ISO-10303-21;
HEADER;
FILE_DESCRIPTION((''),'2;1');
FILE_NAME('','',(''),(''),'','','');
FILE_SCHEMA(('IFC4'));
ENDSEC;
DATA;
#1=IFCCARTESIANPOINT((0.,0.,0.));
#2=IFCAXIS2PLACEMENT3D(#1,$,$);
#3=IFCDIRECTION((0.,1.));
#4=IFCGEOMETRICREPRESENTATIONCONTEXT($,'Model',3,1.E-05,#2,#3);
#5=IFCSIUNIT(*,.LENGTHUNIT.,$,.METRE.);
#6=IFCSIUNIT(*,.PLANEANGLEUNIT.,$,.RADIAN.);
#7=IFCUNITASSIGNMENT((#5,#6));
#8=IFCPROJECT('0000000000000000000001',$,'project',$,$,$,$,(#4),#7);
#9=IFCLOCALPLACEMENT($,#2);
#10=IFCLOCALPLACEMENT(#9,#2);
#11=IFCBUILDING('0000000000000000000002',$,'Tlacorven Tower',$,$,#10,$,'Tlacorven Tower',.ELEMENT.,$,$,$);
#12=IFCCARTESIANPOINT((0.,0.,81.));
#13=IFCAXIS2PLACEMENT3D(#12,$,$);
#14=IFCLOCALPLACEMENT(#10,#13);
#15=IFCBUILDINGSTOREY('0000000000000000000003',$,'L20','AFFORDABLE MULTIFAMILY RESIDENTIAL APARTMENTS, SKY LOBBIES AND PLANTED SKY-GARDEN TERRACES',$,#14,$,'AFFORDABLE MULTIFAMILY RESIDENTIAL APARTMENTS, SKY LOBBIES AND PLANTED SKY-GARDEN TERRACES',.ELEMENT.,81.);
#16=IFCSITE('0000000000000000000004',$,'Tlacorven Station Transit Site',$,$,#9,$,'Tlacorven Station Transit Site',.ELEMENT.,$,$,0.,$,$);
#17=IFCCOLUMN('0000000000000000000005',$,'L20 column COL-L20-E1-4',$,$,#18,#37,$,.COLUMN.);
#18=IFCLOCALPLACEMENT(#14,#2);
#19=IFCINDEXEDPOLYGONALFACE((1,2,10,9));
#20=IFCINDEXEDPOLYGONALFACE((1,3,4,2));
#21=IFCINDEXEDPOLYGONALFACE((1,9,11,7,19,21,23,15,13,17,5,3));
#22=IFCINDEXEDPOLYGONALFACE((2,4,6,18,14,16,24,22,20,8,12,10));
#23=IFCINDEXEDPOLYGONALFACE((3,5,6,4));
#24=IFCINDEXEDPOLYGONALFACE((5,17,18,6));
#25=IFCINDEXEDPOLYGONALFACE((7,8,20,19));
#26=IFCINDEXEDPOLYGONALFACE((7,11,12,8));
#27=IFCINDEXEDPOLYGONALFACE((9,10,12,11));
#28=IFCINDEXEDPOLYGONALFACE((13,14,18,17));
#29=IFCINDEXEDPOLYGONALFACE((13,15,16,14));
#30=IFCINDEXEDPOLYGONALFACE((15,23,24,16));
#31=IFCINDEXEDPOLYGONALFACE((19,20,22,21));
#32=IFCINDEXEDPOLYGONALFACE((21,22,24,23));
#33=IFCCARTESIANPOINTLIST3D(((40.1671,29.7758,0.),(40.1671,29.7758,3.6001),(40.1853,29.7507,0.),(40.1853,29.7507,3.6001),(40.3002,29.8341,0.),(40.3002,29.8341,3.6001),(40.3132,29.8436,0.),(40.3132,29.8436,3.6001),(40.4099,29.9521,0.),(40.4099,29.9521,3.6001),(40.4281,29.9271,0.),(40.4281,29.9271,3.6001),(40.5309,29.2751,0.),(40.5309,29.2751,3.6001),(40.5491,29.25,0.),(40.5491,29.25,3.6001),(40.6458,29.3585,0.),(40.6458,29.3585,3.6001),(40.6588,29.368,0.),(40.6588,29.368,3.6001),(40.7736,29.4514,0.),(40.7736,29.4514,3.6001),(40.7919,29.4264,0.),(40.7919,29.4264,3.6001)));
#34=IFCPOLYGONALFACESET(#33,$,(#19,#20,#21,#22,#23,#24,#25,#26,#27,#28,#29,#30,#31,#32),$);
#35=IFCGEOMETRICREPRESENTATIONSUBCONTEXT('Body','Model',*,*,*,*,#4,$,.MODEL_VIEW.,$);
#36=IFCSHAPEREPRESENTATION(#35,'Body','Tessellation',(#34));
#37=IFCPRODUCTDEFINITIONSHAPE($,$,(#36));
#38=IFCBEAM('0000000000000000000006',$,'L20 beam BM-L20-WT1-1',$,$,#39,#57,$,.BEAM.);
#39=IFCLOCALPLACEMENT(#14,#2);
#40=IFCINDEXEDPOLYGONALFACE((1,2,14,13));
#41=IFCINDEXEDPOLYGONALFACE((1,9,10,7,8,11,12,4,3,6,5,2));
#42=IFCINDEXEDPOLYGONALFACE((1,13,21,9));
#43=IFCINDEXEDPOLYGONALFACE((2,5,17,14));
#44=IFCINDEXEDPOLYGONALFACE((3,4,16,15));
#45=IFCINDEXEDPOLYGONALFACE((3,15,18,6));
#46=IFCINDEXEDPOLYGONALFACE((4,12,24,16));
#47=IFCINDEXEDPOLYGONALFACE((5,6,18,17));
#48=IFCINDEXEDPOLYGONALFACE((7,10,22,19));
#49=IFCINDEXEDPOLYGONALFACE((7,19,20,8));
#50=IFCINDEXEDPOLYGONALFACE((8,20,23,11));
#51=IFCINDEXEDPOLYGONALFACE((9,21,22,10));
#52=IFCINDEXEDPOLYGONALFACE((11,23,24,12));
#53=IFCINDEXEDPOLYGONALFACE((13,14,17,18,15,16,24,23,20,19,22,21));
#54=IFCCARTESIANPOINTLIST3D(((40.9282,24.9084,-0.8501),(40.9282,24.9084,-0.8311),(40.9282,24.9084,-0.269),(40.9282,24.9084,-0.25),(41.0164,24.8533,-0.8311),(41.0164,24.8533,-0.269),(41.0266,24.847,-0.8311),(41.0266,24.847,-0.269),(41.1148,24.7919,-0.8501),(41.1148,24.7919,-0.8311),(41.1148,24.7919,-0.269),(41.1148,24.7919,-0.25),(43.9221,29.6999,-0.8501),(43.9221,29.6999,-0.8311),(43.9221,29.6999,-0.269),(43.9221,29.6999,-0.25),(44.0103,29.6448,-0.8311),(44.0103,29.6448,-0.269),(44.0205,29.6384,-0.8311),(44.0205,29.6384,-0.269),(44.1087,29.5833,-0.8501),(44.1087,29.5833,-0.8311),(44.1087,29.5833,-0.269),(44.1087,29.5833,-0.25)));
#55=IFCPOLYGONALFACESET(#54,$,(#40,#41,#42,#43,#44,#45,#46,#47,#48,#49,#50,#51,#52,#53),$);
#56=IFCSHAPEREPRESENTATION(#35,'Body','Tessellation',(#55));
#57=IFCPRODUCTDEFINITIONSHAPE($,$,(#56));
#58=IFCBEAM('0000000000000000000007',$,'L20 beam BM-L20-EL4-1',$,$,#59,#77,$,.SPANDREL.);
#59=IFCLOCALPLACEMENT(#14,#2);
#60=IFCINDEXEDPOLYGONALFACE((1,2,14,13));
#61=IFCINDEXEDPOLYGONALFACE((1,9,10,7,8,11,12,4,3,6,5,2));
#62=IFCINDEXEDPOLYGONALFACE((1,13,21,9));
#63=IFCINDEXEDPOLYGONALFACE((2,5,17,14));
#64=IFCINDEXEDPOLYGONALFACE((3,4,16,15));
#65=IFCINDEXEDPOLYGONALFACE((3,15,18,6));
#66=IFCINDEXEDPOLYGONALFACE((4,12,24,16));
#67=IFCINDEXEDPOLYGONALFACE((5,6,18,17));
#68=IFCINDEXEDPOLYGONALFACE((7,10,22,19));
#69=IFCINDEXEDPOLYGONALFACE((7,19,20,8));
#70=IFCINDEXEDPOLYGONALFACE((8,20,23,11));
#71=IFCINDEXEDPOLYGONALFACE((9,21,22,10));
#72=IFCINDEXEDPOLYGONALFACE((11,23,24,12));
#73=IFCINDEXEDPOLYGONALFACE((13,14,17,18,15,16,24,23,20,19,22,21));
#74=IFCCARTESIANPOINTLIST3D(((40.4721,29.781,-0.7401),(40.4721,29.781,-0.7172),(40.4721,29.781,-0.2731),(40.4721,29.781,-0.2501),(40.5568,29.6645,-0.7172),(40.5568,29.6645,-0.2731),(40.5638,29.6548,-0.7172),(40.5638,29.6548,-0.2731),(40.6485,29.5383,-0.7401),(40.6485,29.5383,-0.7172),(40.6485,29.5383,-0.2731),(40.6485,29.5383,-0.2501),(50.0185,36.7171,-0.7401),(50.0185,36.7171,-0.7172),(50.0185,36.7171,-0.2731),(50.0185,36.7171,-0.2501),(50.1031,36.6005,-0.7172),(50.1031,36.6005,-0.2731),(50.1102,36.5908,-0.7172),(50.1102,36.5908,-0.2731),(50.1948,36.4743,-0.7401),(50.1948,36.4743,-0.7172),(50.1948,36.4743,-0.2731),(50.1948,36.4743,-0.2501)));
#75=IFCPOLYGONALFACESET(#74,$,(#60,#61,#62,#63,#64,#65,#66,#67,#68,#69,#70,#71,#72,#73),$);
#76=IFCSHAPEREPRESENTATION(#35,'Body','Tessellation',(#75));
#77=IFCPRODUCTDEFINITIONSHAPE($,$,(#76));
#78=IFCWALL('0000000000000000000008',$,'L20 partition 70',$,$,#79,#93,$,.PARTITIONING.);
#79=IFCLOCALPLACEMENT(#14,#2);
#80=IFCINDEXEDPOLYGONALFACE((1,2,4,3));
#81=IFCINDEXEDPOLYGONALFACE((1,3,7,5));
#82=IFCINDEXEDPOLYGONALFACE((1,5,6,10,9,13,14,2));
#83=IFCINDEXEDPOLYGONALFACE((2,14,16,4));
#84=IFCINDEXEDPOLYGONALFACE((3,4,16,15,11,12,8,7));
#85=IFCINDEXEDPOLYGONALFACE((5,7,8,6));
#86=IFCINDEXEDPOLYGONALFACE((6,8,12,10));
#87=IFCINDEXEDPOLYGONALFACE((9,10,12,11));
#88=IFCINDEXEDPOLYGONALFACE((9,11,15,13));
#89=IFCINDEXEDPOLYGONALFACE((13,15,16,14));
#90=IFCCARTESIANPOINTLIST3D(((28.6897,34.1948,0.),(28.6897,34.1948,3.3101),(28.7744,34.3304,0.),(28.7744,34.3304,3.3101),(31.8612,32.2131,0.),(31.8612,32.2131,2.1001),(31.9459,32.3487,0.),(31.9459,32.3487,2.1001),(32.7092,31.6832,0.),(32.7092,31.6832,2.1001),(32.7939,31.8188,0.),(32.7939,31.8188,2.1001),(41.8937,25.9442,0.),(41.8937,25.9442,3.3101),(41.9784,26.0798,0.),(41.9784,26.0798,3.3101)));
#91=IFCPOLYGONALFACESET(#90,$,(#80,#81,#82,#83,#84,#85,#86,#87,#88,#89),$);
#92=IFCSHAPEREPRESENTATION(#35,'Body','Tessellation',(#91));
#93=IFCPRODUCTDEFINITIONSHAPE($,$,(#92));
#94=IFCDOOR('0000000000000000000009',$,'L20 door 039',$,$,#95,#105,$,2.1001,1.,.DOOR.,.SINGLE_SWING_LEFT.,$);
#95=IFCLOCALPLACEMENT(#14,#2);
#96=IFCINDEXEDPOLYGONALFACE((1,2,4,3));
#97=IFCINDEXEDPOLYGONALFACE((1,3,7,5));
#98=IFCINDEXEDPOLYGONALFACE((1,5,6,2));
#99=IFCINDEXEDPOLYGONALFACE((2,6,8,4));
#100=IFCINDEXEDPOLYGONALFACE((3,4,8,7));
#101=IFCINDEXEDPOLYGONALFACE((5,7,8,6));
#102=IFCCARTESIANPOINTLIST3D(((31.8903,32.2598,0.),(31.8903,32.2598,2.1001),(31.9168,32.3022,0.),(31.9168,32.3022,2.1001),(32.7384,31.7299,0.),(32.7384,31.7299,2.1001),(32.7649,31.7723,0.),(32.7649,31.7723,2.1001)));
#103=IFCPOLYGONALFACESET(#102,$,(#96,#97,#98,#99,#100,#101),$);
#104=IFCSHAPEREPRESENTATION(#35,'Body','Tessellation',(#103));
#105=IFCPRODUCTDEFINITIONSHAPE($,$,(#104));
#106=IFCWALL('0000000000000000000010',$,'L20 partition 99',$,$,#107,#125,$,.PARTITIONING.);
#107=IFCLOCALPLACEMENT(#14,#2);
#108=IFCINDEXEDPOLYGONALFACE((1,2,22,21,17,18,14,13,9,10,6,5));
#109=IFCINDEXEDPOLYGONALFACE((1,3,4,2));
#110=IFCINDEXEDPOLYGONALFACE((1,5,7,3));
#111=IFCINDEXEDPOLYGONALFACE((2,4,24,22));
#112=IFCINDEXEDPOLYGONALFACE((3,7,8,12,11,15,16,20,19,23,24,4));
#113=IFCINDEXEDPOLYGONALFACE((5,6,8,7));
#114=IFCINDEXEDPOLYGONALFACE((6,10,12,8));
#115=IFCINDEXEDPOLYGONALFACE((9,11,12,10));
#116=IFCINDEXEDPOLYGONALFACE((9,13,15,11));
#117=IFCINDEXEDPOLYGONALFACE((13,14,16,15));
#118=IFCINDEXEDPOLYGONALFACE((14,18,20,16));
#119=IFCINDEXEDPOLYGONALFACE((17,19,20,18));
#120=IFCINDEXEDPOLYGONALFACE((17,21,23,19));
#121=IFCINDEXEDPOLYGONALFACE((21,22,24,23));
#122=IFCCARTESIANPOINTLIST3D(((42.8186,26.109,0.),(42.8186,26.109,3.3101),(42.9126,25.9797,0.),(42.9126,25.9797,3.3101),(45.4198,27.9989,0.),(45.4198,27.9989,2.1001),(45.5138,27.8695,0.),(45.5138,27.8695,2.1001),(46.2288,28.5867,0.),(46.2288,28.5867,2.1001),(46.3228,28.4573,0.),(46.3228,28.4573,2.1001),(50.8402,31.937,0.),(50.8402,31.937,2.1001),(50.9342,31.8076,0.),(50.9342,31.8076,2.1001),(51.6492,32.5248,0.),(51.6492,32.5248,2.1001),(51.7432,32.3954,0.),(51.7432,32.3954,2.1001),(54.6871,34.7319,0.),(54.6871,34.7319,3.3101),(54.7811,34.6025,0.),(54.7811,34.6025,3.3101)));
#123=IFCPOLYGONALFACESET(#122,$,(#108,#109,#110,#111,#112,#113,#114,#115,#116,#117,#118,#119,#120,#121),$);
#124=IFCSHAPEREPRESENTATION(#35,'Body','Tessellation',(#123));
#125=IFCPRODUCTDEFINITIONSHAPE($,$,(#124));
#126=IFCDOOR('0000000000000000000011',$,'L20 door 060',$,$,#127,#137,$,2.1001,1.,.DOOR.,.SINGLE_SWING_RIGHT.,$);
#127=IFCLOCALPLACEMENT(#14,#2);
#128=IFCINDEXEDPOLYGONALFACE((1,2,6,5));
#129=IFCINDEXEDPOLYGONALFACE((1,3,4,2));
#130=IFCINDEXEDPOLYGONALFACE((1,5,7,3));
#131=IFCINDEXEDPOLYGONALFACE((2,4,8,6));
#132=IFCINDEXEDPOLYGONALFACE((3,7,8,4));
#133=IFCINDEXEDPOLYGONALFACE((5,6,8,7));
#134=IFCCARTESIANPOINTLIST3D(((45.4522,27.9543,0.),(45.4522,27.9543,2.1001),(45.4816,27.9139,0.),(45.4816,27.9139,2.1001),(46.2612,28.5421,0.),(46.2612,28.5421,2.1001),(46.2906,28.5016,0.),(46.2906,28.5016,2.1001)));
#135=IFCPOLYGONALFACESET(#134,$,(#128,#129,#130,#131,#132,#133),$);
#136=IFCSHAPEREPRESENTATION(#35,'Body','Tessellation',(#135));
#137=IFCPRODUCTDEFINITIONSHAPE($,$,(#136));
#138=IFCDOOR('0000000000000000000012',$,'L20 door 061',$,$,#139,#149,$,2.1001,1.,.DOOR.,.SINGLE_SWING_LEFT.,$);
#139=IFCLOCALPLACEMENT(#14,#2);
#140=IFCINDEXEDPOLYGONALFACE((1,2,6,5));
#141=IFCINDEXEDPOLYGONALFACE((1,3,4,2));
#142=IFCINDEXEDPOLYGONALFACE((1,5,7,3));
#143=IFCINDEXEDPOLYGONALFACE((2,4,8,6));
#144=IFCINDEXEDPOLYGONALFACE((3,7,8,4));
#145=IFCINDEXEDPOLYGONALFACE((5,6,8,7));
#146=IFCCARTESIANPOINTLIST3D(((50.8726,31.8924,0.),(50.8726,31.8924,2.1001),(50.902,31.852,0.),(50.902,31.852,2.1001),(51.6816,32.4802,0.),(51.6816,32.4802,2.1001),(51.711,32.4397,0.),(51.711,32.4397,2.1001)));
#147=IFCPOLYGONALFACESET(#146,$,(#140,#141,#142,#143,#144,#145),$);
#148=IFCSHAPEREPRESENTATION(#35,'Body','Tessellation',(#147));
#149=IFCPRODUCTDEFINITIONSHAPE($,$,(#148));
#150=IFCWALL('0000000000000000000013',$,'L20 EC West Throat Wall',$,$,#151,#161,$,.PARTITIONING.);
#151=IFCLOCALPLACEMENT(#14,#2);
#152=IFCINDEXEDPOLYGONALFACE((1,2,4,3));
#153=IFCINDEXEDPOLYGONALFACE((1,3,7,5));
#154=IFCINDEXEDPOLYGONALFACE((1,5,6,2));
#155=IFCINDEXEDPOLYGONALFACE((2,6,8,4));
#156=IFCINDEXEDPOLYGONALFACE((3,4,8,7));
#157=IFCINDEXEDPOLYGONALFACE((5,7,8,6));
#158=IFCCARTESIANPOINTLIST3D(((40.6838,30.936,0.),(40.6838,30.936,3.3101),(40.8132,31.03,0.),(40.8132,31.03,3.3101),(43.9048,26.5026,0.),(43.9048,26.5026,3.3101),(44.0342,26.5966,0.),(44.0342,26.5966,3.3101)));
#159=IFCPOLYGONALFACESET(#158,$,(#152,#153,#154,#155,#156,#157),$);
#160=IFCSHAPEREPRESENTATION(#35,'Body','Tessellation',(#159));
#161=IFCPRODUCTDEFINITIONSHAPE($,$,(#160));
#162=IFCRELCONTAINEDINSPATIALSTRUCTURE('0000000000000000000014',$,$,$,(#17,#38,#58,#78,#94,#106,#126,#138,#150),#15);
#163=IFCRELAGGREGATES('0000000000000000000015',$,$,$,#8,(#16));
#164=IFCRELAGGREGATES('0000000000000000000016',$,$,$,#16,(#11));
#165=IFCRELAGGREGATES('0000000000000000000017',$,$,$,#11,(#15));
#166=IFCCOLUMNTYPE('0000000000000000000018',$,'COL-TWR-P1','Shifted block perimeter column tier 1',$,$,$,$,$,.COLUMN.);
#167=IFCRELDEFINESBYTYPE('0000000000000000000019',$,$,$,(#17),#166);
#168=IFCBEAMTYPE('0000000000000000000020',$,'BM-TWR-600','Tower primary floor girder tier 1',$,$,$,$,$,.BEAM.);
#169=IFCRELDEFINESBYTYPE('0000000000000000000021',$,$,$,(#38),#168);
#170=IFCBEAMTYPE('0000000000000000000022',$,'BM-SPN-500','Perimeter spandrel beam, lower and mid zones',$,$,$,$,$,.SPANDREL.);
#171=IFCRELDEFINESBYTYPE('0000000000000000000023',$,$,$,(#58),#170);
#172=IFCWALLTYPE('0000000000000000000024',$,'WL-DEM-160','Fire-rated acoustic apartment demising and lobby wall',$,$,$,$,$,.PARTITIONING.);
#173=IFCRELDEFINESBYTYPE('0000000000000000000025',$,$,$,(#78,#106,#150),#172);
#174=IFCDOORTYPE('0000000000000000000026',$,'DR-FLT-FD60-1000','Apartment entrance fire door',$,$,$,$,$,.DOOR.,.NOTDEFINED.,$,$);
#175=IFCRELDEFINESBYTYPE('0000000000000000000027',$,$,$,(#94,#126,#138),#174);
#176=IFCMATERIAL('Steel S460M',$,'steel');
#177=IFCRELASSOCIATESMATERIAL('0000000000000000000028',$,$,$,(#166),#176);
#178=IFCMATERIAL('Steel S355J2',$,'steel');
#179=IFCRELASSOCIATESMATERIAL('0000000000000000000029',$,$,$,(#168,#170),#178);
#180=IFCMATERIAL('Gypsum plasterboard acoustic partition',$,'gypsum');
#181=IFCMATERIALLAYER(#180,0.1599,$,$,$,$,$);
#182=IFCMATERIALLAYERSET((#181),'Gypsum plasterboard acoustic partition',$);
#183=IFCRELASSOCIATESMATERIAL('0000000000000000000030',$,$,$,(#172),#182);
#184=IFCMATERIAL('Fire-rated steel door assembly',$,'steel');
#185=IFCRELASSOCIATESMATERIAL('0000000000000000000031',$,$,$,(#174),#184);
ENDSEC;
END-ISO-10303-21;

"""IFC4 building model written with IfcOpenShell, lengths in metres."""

from ifc_helpers import new_model, si_unit, direction, frame, frame_2d, origin, origin_2d, place, context, subcontext, project, spatial, rectangle, i_section, extrude, source, transform, mapped, material, layer, layer_set, material_profile, profile_set, type_object, element, fill, save


model = new_model("IFC4")

# Units and contexts
model_context = context("Model", 3, precision=1e-05, world=origin(), true_north=direction((0.0, 1.0)))
body_context = subcontext(model_context, "Body", "Model", "MODEL_VIEW")
ifc_project = project(units=[si_unit("LENGTHUNIT", "METRE"), si_unit("PLANEANGLEUNIT", "RADIAN")], contexts=[model_context])

# Site, building, storey
site_placement = place(None, origin())
site = spatial("IfcSite", under=ifc_project, at=site_placement, Name="Tlacorven Station Transit Site", LongName="Tlacorven Station Transit Site", CompositionType="ELEMENT", RefElevation=0.0)
building_placement = place(site_placement, origin())
building = spatial("IfcBuilding", under=site, at=building_placement, Name="Tlacorven Tower", LongName="Tlacorven Tower", CompositionType="ELEMENT")
storey_placement = place(building_placement, frame((0.0, 0.0, 81.0)))
storey = spatial("IfcBuildingStorey", under=building, at=storey_placement, Name="L20", Description="AFFORDABLE MULTIFAMILY RESIDENTIAL APARTMENTS, SKY LOBBIES AND PLANTED SKY-GARDEN TERRACES", LongName="AFFORDABLE MULTIFAMILY RESIDENTIAL APARTMENTS, SKY LOBBIES AND PLANTED SKY-GARDEN TERRACES", CompositionType="ELEMENT", Elevation=81.0)

# Column
ifc_material_1 = material(Name="Steel S460M", Category="steel")
ifc_material_profile_1 = material_profile(ifc_material_1, i_section(OverallWidth=0.3, OverallDepth=0.6499, WebThickness=0.0161, FlangeThickness=0.031, at=origin_2d()), Name="HEB 650")
ifc_profile_set_1 = profile_set([ifc_material_profile_1], Name="Steel S460M")
column_type = type_object("IfcColumnType", Name="COL-TWR-P1", Description="Shifted block perimeter column tier 1", PredefinedType="COLUMN", material=ifc_profile_set_1)
shared_shape_1 = source(origin(), body_context, "Body", "SweptSolid", [
    extrude(i_section(OverallWidth=0.3, OverallDepth=0.6499, WebThickness=0.0161, FlangeThickness=0.031, at=origin_2d()), origin(), (0.0, 0.0, 1.0), 3.6001),
])
column_placement = place(storey_placement, frame((40.4795, 29.6011, 0.0), z_axis=(0.0, 0.0, 1.0), x_axis=(0.809017, 0.587785, 0.0)))
element("IfcColumn", 1, at=column_placement, inside=storey, type_object=column_type, Name="L20 column COL-L20-E1-4", PredefinedType="COLUMN", context=body_context, shape_type="MappedRepresentation", body=[
    mapped(shared_shape_1, transform((0.0, 0.0, 0.0), scale=1.0)),
])

# Beams
ifc_material_2 = material(Name="Steel S355J2", Category="steel")
ifc_material_profile_2 = material_profile(ifc_material_2, i_section(OverallWidth=0.22, OverallDepth=0.6001, WebThickness=0.012, FlangeThickness=0.019, at=origin_2d()), Name="IPE 600")
ifc_profile_set_2 = profile_set([ifc_material_profile_2], Name="Steel S355J2")
beam_type_1 = type_object("IfcBeamType", Name="BM-TWR-600", Description="Tower primary floor girder tier 1", PredefinedType="BEAM", material=ifc_profile_set_2)
shared_shape_2 = source(origin(), body_context, "Body", "SweptSolid", [
    extrude(i_section(OverallWidth=0.22, OverallDepth=0.6001, WebThickness=0.012, FlangeThickness=0.019, at=origin_2d()), origin(), (0.0, 0.0, 1.0), 5.6499),
])
beam_1_placement = place(storey_placement, frame((44.0154, 29.6416, -0.55), z_axis=(-0.529898, -0.848061, 0.0), x_axis=(0.848061, -0.529898, 0.0)))
element("IfcBeam", 2, at=beam_1_placement, inside=storey, type_object=beam_type_1, Name="L20 beam BM-L20-WT1-1", PredefinedType="BEAM", context=body_context, shape_type="MappedRepresentation", body=[
    mapped(shared_shape_2, transform((0.0, 0.0, 0.0), scale=1.0)),
])
ifc_material_profile_3 = material_profile(ifc_material_2, i_section(OverallWidth=0.3, OverallDepth=0.49, WebThickness=0.012, FlangeThickness=0.0229, at=origin_2d()), Name="HEA 500")
ifc_profile_set_3 = profile_set([ifc_material_profile_3], Name="Steel S355J2")
beam_type_2 = type_object("IfcBeamType", Name="BM-SPN-500", Description="Perimeter spandrel beam, lower and mid zones", PredefinedType="SPANDREL", material=ifc_profile_set_3)
shared_shape_3 = source(origin(), body_context, "Body", "SweptSolid", [
    extrude(i_section(OverallWidth=0.3, OverallDepth=0.49, WebThickness=0.012, FlangeThickness=0.0229, at=origin_2d()), origin(), (0.0, 0.0, 1.0), 11.8),
])
beam_2_placement = place(storey_placement, frame((40.5603, 29.6597, -0.4951), z_axis=(0.80901, 0.587795, 0.0), x_axis=(-0.587795, 0.80901, 0.0)))
element("IfcBeam", 3, at=beam_2_placement, inside=storey, type_object=beam_type_2, Name="L20 beam BM-L20-EL4-1", PredefinedType="SPANDREL", context=body_context, shape_type="MappedRepresentation", body=[
    mapped(shared_shape_3, transform((0.0, 0.0, 0.0), scale=1.0)),
])

# Wall, opening, door
ifc_material_3 = material(Name="Gypsum plasterboard acoustic partition", Category="gypsum")
ifc_layer_1 = layer(ifc_material_3, 0.1599)
ifc_layer_set_1 = layer_set([ifc_layer_1], Name="Gypsum plasterboard acoustic partition")
wall_type_1 = type_object("IfcWallType", Name="WL-DEM-160", Description="Fire-rated acoustic apartment demising and lobby wall", PredefinedType="PARTITIONING", material=ifc_layer_set_1)
wall_1_placement = place(storey_placement, frame((41.936, 26.012, 0.0), z_axis=(0.0, 0.0, 1.0), x_axis=(-0.848051, 0.529914, 0.0)))
wall_1 = element("IfcWall", 4, at=wall_1_placement, inside=storey, type_object=wall_type_1, Name="L20 partition 70", PredefinedType="PARTITIONING", context=body_context, shape_type="SweptSolid", body=[
    extrude(rectangle(XDim=15.5698, YDim=0.1599, at=frame_2d((7.7849, 0.0))), origin(), (0.0, 0.0, 1.0), 3.3101),
])
opening_1_placement = place(wall_1_placement, frame((10.8301, 0.0, 0.0)))
opening_1 = element("IfcOpeningElement", 5, at=opening_1_placement, cuts=wall_1, PredefinedType="OPENING", context=body_context, shape_type="SweptSolid", body=[
    extrude(rectangle(XDim=1.0, YDim=2.1001, at=frame_2d((0.5, 1.05))), frame((0.0, 0.0898, 0.0), z_axis=(0.0, -1.0, 0.0), x_axis=(1.0, 0.0, 0.0)), (0.0, 0.0, 1.0), 0.1799),
])
ifc_material_4 = material(Name="Fire-rated steel door assembly", Category="steel")
door_type_1 = type_object("IfcDoorType", Name="DR-FLT-FD60-1000", Description="Apartment entrance fire door", OperationType="NOTDEFINED", PredefinedType="DOOR", material=ifc_material_4)
shared_shape_4 = source(origin(), body_context, "Body", "SweptSolid", [
    extrude(rectangle(XDim=1.0, YDim=2.1001, at=frame_2d((0.5, 1.05))), frame((0.0, 0.0249, 0.0), z_axis=(0.0, -1.0, 0.0), x_axis=(1.0, 0.0, 0.0)), (0.0, 0.0, 1.0), 0.05),
])
door_1_placement = place(opening_1_placement, origin())
door_1 = element("IfcDoor", 6, at=door_1_placement, inside=storey, type_object=door_type_1, Name="L20 door 039", OperationType="SINGLE_SWING_LEFT", OverallHeight=2.1001, OverallWidth=1.0, PredefinedType="DOOR", context=body_context, shape_type="MappedRepresentation", body=[
    mapped(shared_shape_4, transform((0.0, 0.0, 0.0), scale=1.0)),
])
fill(opening_1, door_1)

# Wall, openings, doors
wall_2_placement = place(storey_placement, frame((42.8657, 26.0444, 0.0), z_axis=(0.0, 0.0, 1.0), x_axis=(0.80902, 0.587781, 0.0)))
wall_2 = element("IfcWall", 7, at=wall_2_placement, inside=storey, type_object=wall_type_1, Name="L20 partition 99", PredefinedType="PARTITIONING", context=body_context, shape_type="SweptSolid", body=[
    extrude(rectangle(XDim=14.6702, YDim=0.1599, at=frame_2d((7.335, 0.0))), origin(), (0.0, 0.0, 1.0), 3.3101),
])
opening_2_placement = place(wall_2_placement, frame((3.2151, 0.0, 0.0)))
opening_2 = element("IfcOpeningElement", 8, at=opening_2_placement, cuts=wall_2, PredefinedType="OPENING", context=body_context, shape_type="SweptSolid", body=[
    extrude(rectangle(XDim=1.0, YDim=2.1001, at=frame_2d((0.5, 1.05))), frame((0.0, 0.0898, 0.0), z_axis=(0.0, -1.0, 0.0), x_axis=(1.0, 0.0, 0.0)), (0.0, 0.0, 1.0), 0.1799),
])
opening_3_placement = place(wall_2_placement, frame((9.915, 0.0, 0.0)))
opening_3 = element("IfcOpeningElement", 9, at=opening_3_placement, cuts=wall_2, PredefinedType="OPENING", context=body_context, shape_type="SweptSolid", body=[
    extrude(rectangle(XDim=1.0, YDim=2.1001, at=frame_2d((0.5, 1.05))), frame((0.0, 0.0898, 0.0), z_axis=(0.0, -1.0, 0.0), x_axis=(1.0, 0.0, 0.0)), (0.0, 0.0, 1.0), 0.1799),
])
door_2_placement = place(opening_2_placement, origin())
door_2 = element("IfcDoor", 10, at=door_2_placement, inside=storey, type_object=door_type_1, Name="L20 door 060", OperationType="SINGLE_SWING_RIGHT", OverallHeight=2.1001, OverallWidth=1.0, PredefinedType="DOOR", context=body_context, shape_type="MappedRepresentation", body=[
    mapped(shared_shape_4, transform((0.0, 0.0, 0.0), scale=1.0)),
])
fill(opening_2, door_2)
door_3_placement = place(opening_3_placement, origin())
door_3 = element("IfcDoor", 11, at=door_3_placement, inside=storey, type_object=door_type_1, Name="L20 door 061", OperationType="SINGLE_SWING_LEFT", OverallHeight=2.1001, OverallWidth=1.0, PredefinedType="DOOR", context=body_context, shape_type="MappedRepresentation", body=[
    mapped(shared_shape_4, transform((0.0, 0.0, 0.0), scale=1.0)),
])
fill(opening_3, door_3)

# Wall
wall_3_placement = place(storey_placement, frame((43.9695, 26.5496, 0.0), z_axis=(0.0, 0.0, 1.0), x_axis=(-0.587777, 0.809023, 0.0)))
element("IfcWall", 12, at=wall_3_placement, inside=storey, type_object=wall_type_1, Name="L20 EC West Throat Wall", PredefinedType="PARTITIONING", context=body_context, shape_type="SweptSolid", body=[
    extrude(rectangle(XDim=5.48, YDim=0.1599, at=frame_2d((2.74, 0.0))), origin(), (0.0, 0.0, 1.0), 3.3101),
])

save(model, "model.ifc")
